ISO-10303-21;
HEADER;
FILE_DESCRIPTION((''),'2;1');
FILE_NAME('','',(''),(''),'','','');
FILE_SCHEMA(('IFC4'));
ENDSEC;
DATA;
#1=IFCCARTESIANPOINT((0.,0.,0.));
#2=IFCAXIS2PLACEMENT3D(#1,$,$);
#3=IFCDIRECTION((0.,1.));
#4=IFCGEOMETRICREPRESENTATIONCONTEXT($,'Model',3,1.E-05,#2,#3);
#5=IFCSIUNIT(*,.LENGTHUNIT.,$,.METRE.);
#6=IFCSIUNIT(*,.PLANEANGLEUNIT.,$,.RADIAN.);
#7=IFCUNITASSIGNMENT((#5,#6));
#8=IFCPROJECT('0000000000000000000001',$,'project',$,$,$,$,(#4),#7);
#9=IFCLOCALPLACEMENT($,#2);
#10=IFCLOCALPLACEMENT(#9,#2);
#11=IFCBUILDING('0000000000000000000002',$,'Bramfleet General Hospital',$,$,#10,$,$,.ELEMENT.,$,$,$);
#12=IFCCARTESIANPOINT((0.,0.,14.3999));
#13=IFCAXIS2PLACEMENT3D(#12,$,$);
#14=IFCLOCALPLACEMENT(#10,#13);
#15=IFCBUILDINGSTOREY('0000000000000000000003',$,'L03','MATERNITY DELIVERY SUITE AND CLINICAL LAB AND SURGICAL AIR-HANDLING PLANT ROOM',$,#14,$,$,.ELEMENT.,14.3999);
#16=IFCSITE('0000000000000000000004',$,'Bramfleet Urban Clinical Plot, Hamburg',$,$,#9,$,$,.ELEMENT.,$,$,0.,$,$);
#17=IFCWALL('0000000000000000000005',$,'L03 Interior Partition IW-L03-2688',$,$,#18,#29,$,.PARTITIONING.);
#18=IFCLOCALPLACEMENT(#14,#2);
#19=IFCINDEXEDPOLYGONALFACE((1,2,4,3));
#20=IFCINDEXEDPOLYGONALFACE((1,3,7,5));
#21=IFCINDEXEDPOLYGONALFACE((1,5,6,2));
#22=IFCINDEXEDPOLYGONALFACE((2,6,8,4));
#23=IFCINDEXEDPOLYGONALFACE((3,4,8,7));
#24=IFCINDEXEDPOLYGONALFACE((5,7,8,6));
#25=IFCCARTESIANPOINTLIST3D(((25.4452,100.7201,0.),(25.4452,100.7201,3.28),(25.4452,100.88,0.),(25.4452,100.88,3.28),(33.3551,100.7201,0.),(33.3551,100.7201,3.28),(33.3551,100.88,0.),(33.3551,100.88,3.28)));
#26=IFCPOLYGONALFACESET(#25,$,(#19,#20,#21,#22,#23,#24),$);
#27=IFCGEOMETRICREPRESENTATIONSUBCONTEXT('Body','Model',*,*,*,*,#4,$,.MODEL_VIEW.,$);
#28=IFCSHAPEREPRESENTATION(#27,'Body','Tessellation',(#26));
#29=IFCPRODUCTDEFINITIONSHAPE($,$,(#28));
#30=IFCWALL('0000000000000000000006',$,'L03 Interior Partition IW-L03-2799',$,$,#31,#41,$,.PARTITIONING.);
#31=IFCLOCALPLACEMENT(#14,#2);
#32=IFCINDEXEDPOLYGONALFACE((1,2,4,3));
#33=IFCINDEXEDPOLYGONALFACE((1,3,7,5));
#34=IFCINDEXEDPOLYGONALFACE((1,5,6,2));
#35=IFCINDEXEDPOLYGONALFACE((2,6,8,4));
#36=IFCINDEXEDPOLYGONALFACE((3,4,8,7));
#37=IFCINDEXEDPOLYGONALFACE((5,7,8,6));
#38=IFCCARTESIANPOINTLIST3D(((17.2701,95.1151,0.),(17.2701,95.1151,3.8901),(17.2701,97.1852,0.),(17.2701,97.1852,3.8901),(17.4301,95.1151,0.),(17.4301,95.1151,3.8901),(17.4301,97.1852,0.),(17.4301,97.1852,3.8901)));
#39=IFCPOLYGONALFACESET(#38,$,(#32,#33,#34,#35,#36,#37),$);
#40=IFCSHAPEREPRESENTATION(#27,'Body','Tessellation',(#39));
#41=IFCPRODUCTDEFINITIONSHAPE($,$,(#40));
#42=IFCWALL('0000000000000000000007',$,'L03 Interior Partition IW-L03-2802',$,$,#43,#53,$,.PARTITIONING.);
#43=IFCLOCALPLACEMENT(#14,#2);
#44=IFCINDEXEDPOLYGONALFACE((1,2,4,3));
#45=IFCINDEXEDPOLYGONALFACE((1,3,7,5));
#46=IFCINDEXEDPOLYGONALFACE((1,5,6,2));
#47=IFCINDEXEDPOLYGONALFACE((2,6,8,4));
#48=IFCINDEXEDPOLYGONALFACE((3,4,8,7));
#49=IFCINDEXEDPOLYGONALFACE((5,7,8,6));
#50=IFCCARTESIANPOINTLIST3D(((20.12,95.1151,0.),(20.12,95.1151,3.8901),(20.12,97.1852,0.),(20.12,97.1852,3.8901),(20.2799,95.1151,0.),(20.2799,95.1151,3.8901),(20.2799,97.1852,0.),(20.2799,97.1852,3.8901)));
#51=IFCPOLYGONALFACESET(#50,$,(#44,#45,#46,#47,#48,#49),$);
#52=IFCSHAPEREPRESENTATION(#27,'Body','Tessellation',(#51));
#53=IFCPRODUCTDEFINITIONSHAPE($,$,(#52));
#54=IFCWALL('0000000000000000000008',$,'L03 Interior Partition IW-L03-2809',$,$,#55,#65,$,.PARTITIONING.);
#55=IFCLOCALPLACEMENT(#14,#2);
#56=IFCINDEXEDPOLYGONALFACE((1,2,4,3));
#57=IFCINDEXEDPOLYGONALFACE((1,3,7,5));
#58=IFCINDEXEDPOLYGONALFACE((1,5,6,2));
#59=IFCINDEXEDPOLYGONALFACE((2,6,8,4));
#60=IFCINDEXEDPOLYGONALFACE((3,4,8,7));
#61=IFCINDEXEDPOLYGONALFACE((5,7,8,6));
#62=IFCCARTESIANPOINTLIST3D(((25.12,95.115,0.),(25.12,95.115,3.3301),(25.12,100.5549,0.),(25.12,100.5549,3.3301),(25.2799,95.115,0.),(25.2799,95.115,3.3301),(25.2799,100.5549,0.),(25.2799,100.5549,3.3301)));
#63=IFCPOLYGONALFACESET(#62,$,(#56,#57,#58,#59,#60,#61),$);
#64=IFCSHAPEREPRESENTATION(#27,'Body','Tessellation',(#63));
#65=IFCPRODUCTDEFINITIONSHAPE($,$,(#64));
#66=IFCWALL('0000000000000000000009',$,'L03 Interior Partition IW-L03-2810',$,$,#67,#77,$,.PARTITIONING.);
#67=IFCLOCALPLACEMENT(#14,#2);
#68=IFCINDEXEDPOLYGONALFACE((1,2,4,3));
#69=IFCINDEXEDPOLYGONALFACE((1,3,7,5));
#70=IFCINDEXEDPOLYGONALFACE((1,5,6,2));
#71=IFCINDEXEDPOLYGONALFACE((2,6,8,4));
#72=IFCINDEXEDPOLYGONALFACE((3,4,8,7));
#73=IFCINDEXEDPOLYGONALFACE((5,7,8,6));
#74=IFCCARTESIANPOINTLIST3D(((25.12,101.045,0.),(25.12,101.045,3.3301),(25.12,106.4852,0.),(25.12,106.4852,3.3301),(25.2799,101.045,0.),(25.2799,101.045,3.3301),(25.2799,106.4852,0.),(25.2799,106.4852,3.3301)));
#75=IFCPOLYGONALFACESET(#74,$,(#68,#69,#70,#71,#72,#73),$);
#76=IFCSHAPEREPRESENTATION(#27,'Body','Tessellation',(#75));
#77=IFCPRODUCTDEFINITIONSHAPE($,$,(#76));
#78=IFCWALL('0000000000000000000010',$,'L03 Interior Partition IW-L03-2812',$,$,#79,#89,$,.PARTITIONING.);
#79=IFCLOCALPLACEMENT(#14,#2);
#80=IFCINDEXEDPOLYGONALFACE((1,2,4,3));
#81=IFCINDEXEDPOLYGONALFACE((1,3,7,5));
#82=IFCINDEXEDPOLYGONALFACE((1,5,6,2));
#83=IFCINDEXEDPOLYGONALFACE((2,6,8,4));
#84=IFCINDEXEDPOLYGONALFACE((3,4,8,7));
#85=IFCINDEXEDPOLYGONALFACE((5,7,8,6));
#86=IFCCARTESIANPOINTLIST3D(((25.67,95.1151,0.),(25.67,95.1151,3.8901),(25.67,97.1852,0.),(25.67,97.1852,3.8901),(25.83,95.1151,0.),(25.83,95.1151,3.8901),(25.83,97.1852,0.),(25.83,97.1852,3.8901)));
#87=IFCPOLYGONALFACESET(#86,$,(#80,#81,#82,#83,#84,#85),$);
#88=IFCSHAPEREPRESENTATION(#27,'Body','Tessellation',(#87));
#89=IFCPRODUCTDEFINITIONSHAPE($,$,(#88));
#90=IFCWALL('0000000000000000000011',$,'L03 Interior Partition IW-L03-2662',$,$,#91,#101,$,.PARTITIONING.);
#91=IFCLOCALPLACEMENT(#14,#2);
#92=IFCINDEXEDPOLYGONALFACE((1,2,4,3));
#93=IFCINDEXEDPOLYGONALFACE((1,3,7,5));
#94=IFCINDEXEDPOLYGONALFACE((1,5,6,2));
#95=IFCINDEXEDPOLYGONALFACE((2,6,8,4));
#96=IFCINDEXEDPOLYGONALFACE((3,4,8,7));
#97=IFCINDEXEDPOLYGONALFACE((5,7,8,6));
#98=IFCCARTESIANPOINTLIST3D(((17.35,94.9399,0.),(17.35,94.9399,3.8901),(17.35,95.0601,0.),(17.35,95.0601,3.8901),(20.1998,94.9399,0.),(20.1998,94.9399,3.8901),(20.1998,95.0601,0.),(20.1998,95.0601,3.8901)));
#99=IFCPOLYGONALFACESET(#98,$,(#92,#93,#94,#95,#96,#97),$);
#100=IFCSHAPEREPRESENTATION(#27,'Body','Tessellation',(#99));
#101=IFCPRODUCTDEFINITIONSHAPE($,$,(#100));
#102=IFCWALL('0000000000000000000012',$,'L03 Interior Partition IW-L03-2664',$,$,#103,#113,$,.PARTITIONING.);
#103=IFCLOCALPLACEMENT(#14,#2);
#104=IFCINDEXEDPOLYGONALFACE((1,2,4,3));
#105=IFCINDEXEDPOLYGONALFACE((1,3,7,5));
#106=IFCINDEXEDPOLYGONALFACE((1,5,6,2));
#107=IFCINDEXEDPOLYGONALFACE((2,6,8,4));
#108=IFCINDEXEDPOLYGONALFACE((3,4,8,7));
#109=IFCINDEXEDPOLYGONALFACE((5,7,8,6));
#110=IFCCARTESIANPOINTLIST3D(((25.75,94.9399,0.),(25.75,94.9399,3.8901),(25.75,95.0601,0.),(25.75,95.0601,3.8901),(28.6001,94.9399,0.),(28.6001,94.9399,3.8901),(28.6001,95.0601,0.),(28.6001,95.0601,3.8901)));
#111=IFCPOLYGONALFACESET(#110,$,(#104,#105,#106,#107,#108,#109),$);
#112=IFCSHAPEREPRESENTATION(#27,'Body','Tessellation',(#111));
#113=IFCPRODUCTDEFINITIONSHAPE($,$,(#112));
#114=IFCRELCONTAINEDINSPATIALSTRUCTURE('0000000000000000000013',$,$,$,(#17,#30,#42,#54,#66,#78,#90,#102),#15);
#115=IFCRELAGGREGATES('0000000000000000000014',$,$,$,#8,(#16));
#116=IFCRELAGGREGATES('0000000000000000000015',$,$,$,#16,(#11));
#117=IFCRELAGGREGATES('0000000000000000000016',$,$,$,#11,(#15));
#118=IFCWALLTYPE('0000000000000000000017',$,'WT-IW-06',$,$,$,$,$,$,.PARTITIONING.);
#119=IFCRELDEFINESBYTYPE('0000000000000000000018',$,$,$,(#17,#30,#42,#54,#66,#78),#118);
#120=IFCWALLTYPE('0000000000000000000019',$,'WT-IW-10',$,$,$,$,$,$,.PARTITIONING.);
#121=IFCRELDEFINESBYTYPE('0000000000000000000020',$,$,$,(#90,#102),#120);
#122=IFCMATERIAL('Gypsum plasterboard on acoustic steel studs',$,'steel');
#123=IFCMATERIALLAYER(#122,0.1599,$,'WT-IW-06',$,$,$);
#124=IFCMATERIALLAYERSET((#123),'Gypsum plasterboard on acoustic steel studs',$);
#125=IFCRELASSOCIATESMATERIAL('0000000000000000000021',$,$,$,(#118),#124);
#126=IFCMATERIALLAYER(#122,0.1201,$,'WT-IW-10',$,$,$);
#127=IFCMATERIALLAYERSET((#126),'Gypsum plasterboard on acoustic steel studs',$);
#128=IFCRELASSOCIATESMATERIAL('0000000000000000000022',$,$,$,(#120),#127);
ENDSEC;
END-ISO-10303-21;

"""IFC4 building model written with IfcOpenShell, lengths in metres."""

from ifc_helpers import new_model, si_unit, direction, frame, frame_2d, origin, place, context, subcontext, project, spatial, rectangle, extrude, material, layer, layer_set, type_object, element, save


model = new_model("IFC4")

# Units and contexts
model_context = context("Model", 3, precision=1e-05, world=origin(), true_north=direction((0.0, 1.0)))
body_context = subcontext(model_context, "Body", "Model", "MODEL_VIEW")
ifc_project = project(units=[si_unit("LENGTHUNIT", "METRE"), si_unit("PLANEANGLEUNIT", "RADIAN")], contexts=[model_context])

# Site, building, storey
site_placement = place(None, origin())
site = spatial("IfcSite", under=ifc_project, at=site_placement, Name="Bramfleet Urban Clinical Plot, Hamburg", CompositionType="ELEMENT", RefElevation=0.0)
building_placement = place(site_placement, origin())
building = spatial("IfcBuilding", under=site, at=building_placement, Name="Bramfleet General Hospital", CompositionType="ELEMENT")
storey_placement = place(building_placement, frame((0.0, 0.0, 14.3999)))
storey = spatial("IfcBuildingStorey", under=building, at=storey_placement, Name="L03", Description="MATERNITY DELIVERY SUITE AND CLINICAL LAB AND SURGICAL AIR-HANDLING PLANT ROOM", CompositionType="ELEMENT", Elevation=14.3999)

# Shared definitions
ifc_material_1 = material(Name="Gypsum plasterboard on acoustic steel studs", Category="steel")
ifc_layer_1 = layer(ifc_material_1, 0.1599, Name="WT-IW-06")
ifc_layer_set_1 = layer_set([ifc_layer_1], Name="Gypsum plasterboard on acoustic steel studs")
wall_type_1 = type_object("IfcWallType", Name="WT-IW-06", PredefinedType="PARTITIONING", material=ifc_layer_set_1)

# Walls
wall_1_placement = place(storey_placement, frame((25.4451, 100.8, 0.0), z_axis=(0.0, 0.0, 1.0), x_axis=(1.0, 0.0, 0.0)))
element("IfcWall", 1, at=wall_1_placement, inside=storey, type_object=wall_type_1, Name="L03 Interior Partition IW-L03-2688", PredefinedType="PARTITIONING", context=body_context, shape_type="SweptSolid", body=[
    extrude(rectangle(XDim=7.9099, YDim=0.1599, at=frame_2d((3.9551, 0.0))), origin(), (0.0, 0.0, 1.0), 3.28),
])
for number, where, z_axis, x_axis, name in (
    (2, (17.3501, 95.115, 0.0), (0.0, 0.0, 1.0), (0.0, 1.0, 0.0), "L03 Interior Partition IW-L03-2799"),
    (3, (20.2, 95.115, 0.0), (0.0, 0.0, 1.0), (0.0, 1.0, 0.0), "L03 Interior Partition IW-L03-2802"),
):
    element("IfcWall", number, at=place(storey_placement, frame(where, z_axis=z_axis, x_axis=x_axis)), inside=storey, type_object=wall_type_1, Name=name, PredefinedType="PARTITIONING", context=body_context, shape_type="SweptSolid", body=[
        extrude(rectangle(XDim=2.0701, YDim=0.1599, at=frame_2d((1.0352, 0.0))), origin(), (0.0, 0.0, 1.0), 3.8901),
    ])
wall_2_placement = place(storey_placement, frame((25.2, 95.115, 0.0), z_axis=(0.0, 0.0, 1.0), x_axis=(0.0, 1.0, 0.0)))
element("IfcWall", 4, at=wall_2_placement, inside=storey, type_object=wall_type_1, Name="L03 Interior Partition IW-L03-2809", PredefinedType="PARTITIONING", context=body_context, shape_type="SweptSolid", body=[
    extrude(rectangle(XDim=5.4399, YDim=0.1599, at=frame_2d((2.72, 0.0))), origin(), (0.0, 0.0, 1.0), 3.3301),
])
wall_3_placement = place(storey_placement, frame((25.2, 101.0449, 0.0), z_axis=(0.0, 0.0, 1.0), x_axis=(0.0, 1.0, 0.0)))
element("IfcWall", 5, at=wall_3_placement, inside=storey, type_object=wall_type_1, Name="L03 Interior Partition IW-L03-2810", PredefinedType="PARTITIONING", context=body_context, shape_type="SweptSolid", body=[
    extrude(rectangle(XDim=5.4402, YDim=0.1599, at=frame_2d((2.7202, 0.0))), origin(), (0.0, 0.0, 1.0), 3.3301),
])
wall_4_placement = place(storey_placement, frame((25.75, 95.115, 0.0), z_axis=(0.0, 0.0, 1.0), x_axis=(0.0, 1.0, 0.0)))
element("IfcWall", 6, at=wall_4_placement, inside=storey, type_object=wall_type_1, Name="L03 Interior Partition IW-L03-2812", PredefinedType="PARTITIONING", context=body_context, shape_type="SweptSolid", body=[
    extrude(rectangle(XDim=2.0701, YDim=0.1599, at=frame_2d((1.0352, 0.0))), origin(), (0.0, 0.0, 1.0), 3.8901),
])
ifc_layer_2 = layer(ifc_material_1, 0.1201, Name="WT-IW-10")
ifc_layer_set_2 = layer_set([ifc_layer_2], Name="Gypsum plasterboard on acoustic steel studs")
wall_type_2 = type_object("IfcWallType", Name="WT-IW-10", PredefinedType="PARTITIONING", material=ifc_layer_set_2)
wall_5_placement = place(storey_placement, frame((17.3501, 95.0, 0.0), z_axis=(0.0, 0.0, 1.0), x_axis=(1.0, 0.0, 0.0)))
element("IfcWall", 7, at=wall_5_placement, inside=storey, type_object=wall_type_2, Name="L03 Interior Partition IW-L03-2662", PredefinedType="PARTITIONING", context=body_context, shape_type="SweptSolid", body=[
    extrude(rectangle(XDim=2.8499, YDim=0.1201, at=frame_2d((1.4248, 0.0))), origin(), (0.0, 0.0, 1.0), 3.8901),
])
wall_6_placement = place(storey_placement, frame((25.75, 95.0, 0.0), z_axis=(0.0, 0.0, 1.0), x_axis=(1.0, 0.0, 0.0)))
element("IfcWall", 8, at=wall_6_placement, inside=storey, type_object=wall_type_2, Name="L03 Interior Partition IW-L03-2664", PredefinedType="PARTITIONING", context=body_context, shape_type="SweptSolid", body=[
    extrude(rectangle(XDim=2.8501, YDim=0.1201, at=frame_2d((1.425, 0.0))), origin(), (0.0, 0.0, 1.0), 3.8901),
])

save(model, "model.ifc")
